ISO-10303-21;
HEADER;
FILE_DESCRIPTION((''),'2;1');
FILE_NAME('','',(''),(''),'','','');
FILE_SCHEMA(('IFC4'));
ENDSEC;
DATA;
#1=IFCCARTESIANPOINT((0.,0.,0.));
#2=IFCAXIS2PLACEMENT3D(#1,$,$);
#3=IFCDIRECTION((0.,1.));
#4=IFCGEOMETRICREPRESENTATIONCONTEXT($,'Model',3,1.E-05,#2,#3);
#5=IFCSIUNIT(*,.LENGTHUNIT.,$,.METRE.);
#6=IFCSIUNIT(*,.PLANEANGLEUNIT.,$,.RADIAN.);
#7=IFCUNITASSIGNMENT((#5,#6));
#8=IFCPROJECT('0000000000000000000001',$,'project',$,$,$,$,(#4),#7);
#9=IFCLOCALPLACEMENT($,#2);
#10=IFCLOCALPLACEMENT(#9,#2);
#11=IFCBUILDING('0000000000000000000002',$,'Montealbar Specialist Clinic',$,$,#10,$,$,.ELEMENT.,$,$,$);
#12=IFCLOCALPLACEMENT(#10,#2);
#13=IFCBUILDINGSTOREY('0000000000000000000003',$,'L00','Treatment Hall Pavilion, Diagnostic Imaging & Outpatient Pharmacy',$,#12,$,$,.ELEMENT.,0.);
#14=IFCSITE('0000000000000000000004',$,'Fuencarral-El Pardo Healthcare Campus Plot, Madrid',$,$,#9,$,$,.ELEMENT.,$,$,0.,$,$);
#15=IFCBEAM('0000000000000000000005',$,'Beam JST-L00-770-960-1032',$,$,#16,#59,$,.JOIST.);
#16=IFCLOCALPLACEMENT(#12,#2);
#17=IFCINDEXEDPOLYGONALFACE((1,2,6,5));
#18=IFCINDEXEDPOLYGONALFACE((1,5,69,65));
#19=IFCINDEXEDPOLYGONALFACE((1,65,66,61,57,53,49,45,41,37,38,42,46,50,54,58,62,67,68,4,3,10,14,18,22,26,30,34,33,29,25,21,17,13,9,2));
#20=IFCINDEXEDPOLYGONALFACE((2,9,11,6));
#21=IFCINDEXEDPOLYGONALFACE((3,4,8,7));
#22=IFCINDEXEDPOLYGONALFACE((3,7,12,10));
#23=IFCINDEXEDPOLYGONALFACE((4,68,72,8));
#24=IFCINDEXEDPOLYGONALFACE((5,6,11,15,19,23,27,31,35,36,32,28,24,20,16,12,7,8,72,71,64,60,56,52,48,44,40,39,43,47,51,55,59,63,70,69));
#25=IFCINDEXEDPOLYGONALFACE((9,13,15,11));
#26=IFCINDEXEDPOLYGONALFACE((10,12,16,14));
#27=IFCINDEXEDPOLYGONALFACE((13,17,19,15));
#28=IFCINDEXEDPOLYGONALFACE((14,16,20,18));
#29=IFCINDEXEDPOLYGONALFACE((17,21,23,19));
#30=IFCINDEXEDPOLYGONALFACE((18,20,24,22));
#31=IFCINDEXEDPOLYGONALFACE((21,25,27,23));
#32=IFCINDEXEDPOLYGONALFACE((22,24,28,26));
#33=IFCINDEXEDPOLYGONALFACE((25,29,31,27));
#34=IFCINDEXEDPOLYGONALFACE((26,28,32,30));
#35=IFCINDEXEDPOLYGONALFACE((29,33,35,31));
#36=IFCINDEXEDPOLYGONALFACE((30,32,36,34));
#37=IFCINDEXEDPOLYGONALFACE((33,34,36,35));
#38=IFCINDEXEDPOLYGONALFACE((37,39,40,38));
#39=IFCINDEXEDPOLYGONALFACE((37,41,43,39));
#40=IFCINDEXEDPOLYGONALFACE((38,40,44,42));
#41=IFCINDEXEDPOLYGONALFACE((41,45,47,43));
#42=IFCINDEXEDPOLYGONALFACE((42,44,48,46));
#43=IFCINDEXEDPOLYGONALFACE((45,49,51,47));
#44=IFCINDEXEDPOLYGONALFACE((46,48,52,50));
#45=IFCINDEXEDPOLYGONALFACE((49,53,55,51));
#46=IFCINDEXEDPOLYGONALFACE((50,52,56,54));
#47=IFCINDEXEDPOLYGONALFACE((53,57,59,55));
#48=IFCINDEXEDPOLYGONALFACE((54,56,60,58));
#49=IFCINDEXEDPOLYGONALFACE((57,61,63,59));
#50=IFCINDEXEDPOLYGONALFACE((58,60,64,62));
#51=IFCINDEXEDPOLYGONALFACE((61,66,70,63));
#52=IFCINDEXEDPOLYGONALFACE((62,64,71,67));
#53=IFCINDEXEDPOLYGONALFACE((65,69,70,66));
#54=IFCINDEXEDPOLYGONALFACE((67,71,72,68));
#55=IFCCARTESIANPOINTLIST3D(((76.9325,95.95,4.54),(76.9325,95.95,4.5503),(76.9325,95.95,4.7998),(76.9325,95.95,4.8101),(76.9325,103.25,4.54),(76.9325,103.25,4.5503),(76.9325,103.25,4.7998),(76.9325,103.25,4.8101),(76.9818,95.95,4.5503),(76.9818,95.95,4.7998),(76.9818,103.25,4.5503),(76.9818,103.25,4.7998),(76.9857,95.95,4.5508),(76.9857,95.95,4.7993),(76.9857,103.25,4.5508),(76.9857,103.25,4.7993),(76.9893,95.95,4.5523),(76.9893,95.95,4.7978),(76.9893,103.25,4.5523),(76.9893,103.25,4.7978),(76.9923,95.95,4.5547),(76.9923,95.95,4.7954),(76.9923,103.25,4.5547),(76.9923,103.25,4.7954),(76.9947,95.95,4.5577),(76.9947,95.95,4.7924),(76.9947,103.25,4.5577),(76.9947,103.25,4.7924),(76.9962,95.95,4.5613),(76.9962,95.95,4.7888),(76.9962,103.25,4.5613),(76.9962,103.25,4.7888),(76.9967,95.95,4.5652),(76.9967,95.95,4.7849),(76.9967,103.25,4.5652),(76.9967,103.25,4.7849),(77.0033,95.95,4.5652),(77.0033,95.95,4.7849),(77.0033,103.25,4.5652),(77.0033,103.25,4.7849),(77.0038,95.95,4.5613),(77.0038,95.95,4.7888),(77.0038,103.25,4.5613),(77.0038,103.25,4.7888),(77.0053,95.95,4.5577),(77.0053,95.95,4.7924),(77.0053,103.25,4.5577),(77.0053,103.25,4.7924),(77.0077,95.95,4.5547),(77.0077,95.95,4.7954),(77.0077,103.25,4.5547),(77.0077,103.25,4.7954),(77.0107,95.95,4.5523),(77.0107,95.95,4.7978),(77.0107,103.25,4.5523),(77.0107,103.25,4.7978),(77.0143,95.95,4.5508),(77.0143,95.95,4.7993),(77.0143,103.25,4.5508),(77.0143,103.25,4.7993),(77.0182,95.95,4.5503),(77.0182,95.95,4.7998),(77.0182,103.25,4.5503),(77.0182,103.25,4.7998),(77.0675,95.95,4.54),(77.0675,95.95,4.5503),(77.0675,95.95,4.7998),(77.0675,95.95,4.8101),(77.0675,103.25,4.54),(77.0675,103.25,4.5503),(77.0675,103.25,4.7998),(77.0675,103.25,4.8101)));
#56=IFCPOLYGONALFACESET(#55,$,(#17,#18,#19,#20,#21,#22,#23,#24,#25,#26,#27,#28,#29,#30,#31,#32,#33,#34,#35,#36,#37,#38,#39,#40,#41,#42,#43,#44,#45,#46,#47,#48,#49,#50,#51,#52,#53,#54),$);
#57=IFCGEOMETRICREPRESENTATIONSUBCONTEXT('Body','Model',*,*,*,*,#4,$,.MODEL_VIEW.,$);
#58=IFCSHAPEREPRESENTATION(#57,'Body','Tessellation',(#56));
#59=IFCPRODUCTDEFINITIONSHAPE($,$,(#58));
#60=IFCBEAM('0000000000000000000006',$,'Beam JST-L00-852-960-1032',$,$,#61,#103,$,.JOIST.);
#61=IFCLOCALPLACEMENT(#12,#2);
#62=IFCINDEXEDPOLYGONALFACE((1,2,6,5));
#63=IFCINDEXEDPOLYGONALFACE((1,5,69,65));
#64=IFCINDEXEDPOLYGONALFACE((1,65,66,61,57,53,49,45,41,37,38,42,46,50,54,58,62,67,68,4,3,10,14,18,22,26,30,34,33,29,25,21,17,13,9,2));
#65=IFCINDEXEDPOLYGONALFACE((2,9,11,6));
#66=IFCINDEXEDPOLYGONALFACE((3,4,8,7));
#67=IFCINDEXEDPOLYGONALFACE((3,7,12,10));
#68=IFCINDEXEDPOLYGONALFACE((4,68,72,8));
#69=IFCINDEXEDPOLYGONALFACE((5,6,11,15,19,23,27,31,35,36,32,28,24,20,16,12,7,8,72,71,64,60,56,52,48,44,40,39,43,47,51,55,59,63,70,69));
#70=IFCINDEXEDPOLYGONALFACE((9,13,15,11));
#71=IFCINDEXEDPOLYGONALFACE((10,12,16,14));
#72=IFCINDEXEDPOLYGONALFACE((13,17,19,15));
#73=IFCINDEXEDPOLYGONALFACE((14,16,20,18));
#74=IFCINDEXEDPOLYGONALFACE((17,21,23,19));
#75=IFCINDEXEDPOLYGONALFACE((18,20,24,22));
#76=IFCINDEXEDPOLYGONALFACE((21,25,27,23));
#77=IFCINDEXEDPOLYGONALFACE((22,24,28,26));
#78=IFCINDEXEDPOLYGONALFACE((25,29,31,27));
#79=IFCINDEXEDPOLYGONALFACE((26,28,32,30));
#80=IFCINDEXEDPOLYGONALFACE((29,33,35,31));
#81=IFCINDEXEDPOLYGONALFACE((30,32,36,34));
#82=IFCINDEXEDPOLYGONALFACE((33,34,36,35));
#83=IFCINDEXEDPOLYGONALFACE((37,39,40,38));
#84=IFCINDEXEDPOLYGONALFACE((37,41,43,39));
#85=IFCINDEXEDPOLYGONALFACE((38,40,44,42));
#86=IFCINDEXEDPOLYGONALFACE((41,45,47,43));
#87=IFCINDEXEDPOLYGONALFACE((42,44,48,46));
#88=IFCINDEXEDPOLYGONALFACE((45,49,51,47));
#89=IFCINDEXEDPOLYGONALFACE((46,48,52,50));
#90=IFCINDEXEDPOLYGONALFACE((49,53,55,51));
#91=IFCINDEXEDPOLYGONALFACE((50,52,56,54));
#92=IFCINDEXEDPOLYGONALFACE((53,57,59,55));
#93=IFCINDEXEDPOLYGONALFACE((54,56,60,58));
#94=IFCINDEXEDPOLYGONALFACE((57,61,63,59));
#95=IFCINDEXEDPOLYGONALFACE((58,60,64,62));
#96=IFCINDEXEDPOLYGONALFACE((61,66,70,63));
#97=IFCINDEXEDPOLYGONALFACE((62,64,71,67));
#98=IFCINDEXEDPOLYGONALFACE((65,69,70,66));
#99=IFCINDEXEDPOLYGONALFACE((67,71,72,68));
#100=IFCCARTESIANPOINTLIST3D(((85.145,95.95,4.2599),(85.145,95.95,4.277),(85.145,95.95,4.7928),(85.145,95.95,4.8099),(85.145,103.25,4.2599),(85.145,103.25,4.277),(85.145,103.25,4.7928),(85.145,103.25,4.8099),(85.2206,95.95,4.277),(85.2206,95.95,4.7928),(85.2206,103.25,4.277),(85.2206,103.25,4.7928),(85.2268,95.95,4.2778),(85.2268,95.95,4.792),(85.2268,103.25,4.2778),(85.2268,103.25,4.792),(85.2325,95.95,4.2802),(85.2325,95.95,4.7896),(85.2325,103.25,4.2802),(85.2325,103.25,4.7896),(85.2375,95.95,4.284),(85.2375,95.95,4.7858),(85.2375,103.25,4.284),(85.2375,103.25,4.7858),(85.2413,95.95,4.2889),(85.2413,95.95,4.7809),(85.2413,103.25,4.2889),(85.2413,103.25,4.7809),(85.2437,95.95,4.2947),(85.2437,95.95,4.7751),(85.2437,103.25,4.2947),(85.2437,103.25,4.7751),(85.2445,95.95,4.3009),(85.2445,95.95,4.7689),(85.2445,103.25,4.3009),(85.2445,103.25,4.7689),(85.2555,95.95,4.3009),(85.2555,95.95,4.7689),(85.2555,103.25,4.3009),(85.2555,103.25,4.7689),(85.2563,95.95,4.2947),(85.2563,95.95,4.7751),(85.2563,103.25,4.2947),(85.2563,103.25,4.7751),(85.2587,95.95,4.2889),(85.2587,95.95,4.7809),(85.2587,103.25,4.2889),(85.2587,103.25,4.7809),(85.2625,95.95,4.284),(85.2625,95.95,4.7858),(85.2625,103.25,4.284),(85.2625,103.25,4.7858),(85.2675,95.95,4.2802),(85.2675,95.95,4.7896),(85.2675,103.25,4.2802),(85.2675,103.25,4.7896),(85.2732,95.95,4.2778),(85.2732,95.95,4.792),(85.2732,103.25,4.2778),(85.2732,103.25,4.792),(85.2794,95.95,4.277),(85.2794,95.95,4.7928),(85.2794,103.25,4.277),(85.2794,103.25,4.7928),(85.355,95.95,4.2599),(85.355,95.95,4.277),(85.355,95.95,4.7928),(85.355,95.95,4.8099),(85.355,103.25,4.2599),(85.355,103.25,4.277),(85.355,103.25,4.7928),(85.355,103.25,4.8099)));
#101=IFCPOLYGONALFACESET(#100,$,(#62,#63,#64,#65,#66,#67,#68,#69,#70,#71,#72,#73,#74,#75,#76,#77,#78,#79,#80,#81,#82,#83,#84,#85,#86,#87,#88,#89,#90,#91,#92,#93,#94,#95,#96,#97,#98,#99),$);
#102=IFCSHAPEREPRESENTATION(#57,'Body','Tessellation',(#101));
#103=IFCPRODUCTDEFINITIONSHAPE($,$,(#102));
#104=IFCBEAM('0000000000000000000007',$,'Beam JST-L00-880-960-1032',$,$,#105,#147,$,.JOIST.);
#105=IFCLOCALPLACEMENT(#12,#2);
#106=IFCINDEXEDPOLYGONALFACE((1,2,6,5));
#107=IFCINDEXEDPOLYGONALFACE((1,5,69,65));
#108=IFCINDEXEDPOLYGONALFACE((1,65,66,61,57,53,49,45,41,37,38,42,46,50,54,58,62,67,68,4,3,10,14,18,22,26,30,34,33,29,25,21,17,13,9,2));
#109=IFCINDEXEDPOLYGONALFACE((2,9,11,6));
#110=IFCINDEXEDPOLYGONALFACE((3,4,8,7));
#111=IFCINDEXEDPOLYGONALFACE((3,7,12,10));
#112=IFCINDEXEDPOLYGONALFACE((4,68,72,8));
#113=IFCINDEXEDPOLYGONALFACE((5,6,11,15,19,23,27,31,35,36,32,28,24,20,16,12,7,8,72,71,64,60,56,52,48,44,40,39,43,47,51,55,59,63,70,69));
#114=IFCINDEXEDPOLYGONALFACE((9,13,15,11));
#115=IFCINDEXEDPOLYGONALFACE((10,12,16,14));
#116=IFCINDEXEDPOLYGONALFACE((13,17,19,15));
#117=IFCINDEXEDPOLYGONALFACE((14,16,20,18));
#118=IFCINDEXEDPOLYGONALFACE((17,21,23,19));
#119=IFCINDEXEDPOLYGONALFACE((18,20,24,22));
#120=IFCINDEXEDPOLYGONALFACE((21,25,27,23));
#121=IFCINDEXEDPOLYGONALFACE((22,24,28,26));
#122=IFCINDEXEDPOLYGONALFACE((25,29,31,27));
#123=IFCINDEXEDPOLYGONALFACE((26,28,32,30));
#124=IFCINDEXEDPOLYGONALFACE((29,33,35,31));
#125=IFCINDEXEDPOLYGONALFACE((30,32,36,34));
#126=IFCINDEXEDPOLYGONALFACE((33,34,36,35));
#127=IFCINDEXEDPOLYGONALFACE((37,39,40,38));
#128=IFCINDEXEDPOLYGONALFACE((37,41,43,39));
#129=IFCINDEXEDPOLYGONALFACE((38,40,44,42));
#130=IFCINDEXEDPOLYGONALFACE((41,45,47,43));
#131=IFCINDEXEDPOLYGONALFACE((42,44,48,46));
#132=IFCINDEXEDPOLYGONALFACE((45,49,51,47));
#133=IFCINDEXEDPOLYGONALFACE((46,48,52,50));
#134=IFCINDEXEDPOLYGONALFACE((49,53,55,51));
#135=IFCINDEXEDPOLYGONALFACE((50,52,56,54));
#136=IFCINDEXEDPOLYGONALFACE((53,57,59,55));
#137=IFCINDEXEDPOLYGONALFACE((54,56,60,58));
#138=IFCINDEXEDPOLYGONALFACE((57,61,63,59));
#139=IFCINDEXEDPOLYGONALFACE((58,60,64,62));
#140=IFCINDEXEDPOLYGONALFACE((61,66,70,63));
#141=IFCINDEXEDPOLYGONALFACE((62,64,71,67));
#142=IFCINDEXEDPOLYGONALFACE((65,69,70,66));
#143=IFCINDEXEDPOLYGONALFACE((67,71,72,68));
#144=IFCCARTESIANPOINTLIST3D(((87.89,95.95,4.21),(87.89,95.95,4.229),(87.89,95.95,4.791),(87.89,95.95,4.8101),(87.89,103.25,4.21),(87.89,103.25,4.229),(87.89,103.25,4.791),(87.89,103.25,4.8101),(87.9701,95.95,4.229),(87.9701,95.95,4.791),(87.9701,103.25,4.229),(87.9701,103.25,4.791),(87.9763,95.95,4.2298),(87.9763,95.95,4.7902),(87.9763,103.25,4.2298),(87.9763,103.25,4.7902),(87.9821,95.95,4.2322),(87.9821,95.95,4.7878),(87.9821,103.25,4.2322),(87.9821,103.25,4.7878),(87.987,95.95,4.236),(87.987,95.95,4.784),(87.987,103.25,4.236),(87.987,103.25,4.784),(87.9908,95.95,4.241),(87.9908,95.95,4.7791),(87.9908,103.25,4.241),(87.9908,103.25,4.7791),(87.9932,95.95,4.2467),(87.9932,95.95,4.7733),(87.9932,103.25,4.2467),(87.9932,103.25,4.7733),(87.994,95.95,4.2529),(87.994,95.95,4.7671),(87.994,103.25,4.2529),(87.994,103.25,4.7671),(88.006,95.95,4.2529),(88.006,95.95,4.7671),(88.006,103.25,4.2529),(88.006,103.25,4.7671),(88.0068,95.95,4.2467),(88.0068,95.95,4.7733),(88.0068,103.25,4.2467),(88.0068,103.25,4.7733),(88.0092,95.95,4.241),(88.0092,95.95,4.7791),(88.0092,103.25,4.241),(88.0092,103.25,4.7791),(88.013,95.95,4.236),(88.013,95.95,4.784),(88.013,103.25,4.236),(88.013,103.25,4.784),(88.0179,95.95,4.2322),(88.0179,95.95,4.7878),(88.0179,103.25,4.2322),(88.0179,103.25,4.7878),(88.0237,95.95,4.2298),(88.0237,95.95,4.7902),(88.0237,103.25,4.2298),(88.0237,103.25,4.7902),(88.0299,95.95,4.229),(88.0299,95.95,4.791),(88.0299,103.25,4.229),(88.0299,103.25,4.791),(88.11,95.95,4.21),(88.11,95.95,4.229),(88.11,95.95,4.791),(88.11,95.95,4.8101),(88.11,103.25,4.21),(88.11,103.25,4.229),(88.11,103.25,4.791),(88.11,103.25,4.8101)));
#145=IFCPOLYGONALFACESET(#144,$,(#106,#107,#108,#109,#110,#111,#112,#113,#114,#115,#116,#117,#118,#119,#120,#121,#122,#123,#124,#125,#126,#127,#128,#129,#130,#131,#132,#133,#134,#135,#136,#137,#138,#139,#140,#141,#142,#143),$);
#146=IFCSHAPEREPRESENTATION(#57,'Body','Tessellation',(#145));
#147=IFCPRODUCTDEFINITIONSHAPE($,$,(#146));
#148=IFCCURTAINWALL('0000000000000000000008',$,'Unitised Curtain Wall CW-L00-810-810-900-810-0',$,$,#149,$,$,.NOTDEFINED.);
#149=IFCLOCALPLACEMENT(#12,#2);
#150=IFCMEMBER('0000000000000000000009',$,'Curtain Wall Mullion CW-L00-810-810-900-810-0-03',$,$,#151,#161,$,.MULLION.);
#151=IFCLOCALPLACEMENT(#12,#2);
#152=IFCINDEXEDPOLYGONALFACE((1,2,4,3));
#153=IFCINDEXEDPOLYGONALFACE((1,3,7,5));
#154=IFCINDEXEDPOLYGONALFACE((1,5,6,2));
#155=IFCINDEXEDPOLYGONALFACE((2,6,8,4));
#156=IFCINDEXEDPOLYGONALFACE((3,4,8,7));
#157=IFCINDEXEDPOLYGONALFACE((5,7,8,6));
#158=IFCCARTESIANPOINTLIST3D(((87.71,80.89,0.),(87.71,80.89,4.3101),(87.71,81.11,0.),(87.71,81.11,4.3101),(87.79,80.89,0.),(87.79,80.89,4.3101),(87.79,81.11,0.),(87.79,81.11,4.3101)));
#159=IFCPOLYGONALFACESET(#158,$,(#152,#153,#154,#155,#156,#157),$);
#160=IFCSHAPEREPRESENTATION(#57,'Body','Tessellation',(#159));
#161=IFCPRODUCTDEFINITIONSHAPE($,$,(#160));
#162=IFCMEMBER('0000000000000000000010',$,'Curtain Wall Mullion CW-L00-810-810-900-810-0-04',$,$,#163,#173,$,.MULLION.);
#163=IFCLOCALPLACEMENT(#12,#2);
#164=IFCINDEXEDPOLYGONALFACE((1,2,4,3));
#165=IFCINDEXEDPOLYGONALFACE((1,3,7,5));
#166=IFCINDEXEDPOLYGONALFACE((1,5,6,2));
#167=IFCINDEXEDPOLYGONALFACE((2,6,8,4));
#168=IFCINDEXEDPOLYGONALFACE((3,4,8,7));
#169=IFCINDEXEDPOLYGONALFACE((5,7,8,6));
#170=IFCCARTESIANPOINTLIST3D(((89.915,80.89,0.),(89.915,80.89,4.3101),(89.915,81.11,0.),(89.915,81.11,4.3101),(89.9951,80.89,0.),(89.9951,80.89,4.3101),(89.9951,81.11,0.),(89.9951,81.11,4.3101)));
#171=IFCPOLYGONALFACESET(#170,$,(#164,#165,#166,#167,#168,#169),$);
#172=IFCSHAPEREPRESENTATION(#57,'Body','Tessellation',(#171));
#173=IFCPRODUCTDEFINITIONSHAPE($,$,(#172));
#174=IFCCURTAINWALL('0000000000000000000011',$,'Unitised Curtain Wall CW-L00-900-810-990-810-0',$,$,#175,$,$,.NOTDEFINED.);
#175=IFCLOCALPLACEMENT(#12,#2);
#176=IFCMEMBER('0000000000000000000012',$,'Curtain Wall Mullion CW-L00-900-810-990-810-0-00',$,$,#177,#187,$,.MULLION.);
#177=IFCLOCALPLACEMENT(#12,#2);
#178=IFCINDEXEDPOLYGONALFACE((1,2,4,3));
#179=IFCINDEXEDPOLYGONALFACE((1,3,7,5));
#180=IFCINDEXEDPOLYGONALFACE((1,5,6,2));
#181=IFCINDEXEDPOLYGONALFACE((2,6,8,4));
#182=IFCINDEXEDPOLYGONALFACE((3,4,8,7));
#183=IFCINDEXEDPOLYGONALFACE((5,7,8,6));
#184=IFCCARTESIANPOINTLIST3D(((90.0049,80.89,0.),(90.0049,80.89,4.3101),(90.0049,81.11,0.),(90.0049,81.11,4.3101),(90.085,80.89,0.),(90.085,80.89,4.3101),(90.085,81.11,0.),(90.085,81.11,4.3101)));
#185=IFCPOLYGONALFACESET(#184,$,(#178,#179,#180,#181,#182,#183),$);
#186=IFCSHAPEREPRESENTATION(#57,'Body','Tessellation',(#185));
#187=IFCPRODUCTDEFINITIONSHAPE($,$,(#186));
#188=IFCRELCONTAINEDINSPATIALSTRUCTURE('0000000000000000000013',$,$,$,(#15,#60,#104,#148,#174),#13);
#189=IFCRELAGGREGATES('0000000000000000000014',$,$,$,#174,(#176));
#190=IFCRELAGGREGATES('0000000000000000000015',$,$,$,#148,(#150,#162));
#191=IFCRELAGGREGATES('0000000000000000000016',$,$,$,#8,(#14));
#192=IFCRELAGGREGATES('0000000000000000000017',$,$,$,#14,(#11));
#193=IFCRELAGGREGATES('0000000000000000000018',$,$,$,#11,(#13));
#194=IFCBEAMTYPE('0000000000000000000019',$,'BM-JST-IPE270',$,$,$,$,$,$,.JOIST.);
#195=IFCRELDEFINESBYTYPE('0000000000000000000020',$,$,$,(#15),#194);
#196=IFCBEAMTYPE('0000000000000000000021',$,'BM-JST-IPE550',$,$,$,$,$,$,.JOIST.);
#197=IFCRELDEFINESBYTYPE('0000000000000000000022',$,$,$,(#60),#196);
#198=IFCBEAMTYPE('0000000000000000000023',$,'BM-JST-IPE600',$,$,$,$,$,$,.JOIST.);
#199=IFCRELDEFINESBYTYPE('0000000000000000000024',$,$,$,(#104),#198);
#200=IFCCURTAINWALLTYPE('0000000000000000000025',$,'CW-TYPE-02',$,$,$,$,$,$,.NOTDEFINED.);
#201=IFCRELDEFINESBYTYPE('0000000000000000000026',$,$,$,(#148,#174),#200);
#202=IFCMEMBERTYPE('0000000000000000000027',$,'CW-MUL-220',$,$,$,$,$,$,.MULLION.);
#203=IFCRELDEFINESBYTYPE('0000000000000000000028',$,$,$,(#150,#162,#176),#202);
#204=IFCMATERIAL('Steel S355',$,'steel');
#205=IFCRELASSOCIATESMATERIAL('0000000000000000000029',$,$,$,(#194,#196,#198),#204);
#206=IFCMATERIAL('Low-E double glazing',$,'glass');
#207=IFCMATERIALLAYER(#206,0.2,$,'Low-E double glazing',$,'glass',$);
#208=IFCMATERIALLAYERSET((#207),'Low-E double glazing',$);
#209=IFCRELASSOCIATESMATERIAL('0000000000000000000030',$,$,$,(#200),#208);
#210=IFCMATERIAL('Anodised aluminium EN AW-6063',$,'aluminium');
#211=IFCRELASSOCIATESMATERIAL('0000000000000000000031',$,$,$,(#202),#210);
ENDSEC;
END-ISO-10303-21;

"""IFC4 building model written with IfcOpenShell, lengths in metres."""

from ifc_helpers import new_model, si_unit, direction, frame, origin, origin_2d, place, context, subcontext, project, spatial, rectangle, i_section, extrude, material, layer, layer_set, material_profile, profile_set, type_object, element, aggregate, save


model = new_model("IFC4")

# Units and contexts
model_context = context("Model", 3, precision=1e-05, world=origin(), true_north=direction((0.0, 1.0)))
body_context = subcontext(model_context, "Body", "Model", "MODEL_VIEW")
ifc_project = project(units=[si_unit("LENGTHUNIT", "METRE"), si_unit("PLANEANGLEUNIT", "RADIAN")], contexts=[model_context])

# Site, building, storey
site_placement = place(None, origin())
site = spatial("IfcSite", under=ifc_project, at=site_placement, Name="Fuencarral-El Pardo Healthcare Campus Plot, Madrid", CompositionType="ELEMENT", RefElevation=0.0)
building_placement = place(site_placement, origin())
building = spatial("IfcBuilding", under=site, at=building_placement, Name="Montealbar Specialist Clinic", CompositionType="ELEMENT")
storey_placement = place(building_placement, origin())
storey = spatial("IfcBuildingStorey", under=building, at=storey_placement, Name="L00", Description="Treatment Hall Pavilion, Diagnostic Imaging & Outpatient Pharmacy", CompositionType="ELEMENT", Elevation=0.0)

# Shared definitions
ifc_material_1 = material(Name="Steel S355", Category="steel")

# Beams
ifc_material_profile_1 = material_profile(ifc_material_1, i_section(OverallWidth=0.135, OverallDepth=0.27, WebThickness=0.0066, FlangeThickness=0.0103, FilletRadius=0.0149, at=origin_2d()), Name="IPE 270", Category="steel")
ifc_profile_set_1 = profile_set([ifc_material_profile_1], Name="Steel S355")
beam_type_1 = type_object("IfcBeamType", Name="BM-JST-IPE270", PredefinedType="JOIST", material=ifc_profile_set_1)
beam_1_placement = place(storey_placement, frame((77.0, 95.95, 4.675), z_axis=(0.0, 1.0, 0.0), x_axis=(-1.0, 0.0, 0.0)))
element("IfcBeam", 1, at=beam_1_placement, inside=storey, type_object=beam_type_1, Name="Beam JST-L00-770-960-1032", PredefinedType="JOIST", context=body_context, shape_type="SweptSolid", body=[
    extrude(i_section(OverallWidth=0.135, OverallDepth=0.27, WebThickness=0.0066, FlangeThickness=0.0103, FilletRadius=0.0149, at=origin_2d()), origin(), (0.0, 0.0, 1.0), 7.3),
])
ifc_material_profile_2 = material_profile(ifc_material_1, i_section(OverallWidth=0.21, OverallDepth=0.55, WebThickness=0.011, FlangeThickness=0.0171, FilletRadius=0.0239, at=origin_2d()), Name="IPE 550", Category="steel")
ifc_profile_set_2 = profile_set([ifc_material_profile_2], Name="Steel S355")
beam_type_2 = type_object("IfcBeamType", Name="BM-JST-IPE550", PredefinedType="JOIST", material=ifc_profile_set_2)
beam_2_placement = place(storey_placement, frame((85.25, 95.95, 4.5349), z_axis=(0.0, 1.0, 0.0), x_axis=(-1.0, 0.0, 0.0)))
element("IfcBeam", 2, at=beam_2_placement, inside=storey, type_object=beam_type_2, Name="Beam JST-L00-852-960-1032", PredefinedType="JOIST", context=body_context, shape_type="SweptSolid", body=[
    extrude(i_section(OverallWidth=0.21, OverallDepth=0.55, WebThickness=0.011, FlangeThickness=0.0171, FilletRadius=0.0239, at=origin_2d()), origin(), (0.0, 0.0, 1.0), 7.3),
])
ifc_material_profile_3 = material_profile(ifc_material_1, i_section(OverallWidth=0.22, OverallDepth=0.6001, WebThickness=0.012, FlangeThickness=0.019, FilletRadius=0.0239, at=origin_2d()), Name="IPE 600", Category="steel")
ifc_profile_set_3 = profile_set([ifc_material_profile_3], Name="Steel S355")
beam_type_3 = type_object("IfcBeamType", Name="BM-JST-IPE600", PredefinedType="JOIST", material=ifc_profile_set_3)
beam_3_placement = place(storey_placement, frame((88.0, 95.95, 4.51), z_axis=(0.0, 1.0, 0.0), x_axis=(-1.0, 0.0, 0.0)))
element("IfcBeam", 3, at=beam_3_placement, inside=storey, type_object=beam_type_3, Name="Beam JST-L00-880-960-1032", PredefinedType="JOIST", context=body_context, shape_type="SweptSolid", body=[
    extrude(i_section(OverallWidth=0.22, OverallDepth=0.6001, WebThickness=0.012, FlangeThickness=0.019, FilletRadius=0.0239, at=origin_2d()), origin(), (0.0, 0.0, 1.0), 7.3),
])

# Curtain walls, members
ifc_material_2 = material(Name="Low-E double glazing", Category="glass")
ifc_layer_1 = layer(ifc_material_2, 0.2, Name="Low-E double glazing", Category="glass")
ifc_layer_set_1 = layer_set([ifc_layer_1], Name="Low-E double glazing")
curtain_wall_type = type_object("IfcCurtainWallType", Name="CW-TYPE-02", PredefinedType="NOTDEFINED", material=ifc_layer_set_1)
curtain_wall_1_placement = place(storey_placement, origin())
curtain_wall_1 = element("IfcCurtainWall", 4, at=curtain_wall_1_placement, inside=storey, type_object=curtain_wall_type, Name="Unitised Curtain Wall CW-L00-810-810-900-810-0", PredefinedType="NOTDEFINED")
ifc_material_3 = material(Name="Anodised aluminium EN AW-6063", Category="aluminium")
ifc_material_profile_4 = material_profile(ifc_material_3, rectangle(XDim=0.0801, YDim=0.22, at=origin_2d()), Name="ALU 80x220", Category="aluminium")
ifc_profile_set_4 = profile_set([ifc_material_profile_4], Name="Anodised aluminium EN AW-6063")
member_type_1 = type_object("IfcMemberType", Name="CW-MUL-220", PredefinedType="MULLION", material=ifc_profile_set_4)
member_1_placement = place(storey_placement, frame((87.75, 81.0, 0.0), z_axis=(0.0, 0.0, 1.0), x_axis=(1.0, 0.0, 0.0)))
member_1 = element("IfcMember", 5, at=member_1_placement, type_object=member_type_1, Name="Curtain Wall Mullion CW-L00-810-810-900-810-0-03", PredefinedType="MULLION", context=body_context, shape_type="SweptSolid", body=[
    extrude(rectangle(XDim=0.0801, YDim=0.22, at=origin_2d()), origin(), (0.0, 0.0, 1.0), 4.3101),
])
member_2_placement = place(storey_placement, frame((89.9551, 81.0, 0.0), z_axis=(0.0, 0.0, 1.0), x_axis=(1.0, 0.0, 0.0)))
member_2 = element("IfcMember", 6, at=member_2_placement, type_object=member_type_1, Name="Curtain Wall Mullion CW-L00-810-810-900-810-0-04", PredefinedType="MULLION", context=body_context, shape_type="SweptSolid", body=[
    extrude(rectangle(XDim=0.0801, YDim=0.22, at=origin_2d()), origin(), (0.0, 0.0, 1.0), 4.3101),
])
curtain_wall_2_placement = place(storey_placement, origin())
curtain_wall_2 = element("IfcCurtainWall", 7, at=curtain_wall_2_placement, inside=storey, type_object=curtain_wall_type, Name="Unitised Curtain Wall CW-L00-900-810-990-810-0", PredefinedType="NOTDEFINED")
member_3_placement = place(storey_placement, frame((90.0449, 81.0, 0.0), z_axis=(0.0, 0.0, 1.0), x_axis=(1.0, 0.0, 0.0)))
member_3 = element("IfcMember", 8, at=member_3_placement, type_object=member_type_1, Name="Curtain Wall Mullion CW-L00-900-810-990-810-0-00", PredefinedType="MULLION", context=body_context, shape_type="SweptSolid", body=[
    extrude(rectangle(XDim=0.0801, YDim=0.22, at=origin_2d()), origin(), (0.0, 0.0, 1.0), 4.3101),
])
aggregate(curtain_wall_2, [member_3])

aggregate(curtain_wall_1, [member_1, member_2])

save(model, "model.ifc")
